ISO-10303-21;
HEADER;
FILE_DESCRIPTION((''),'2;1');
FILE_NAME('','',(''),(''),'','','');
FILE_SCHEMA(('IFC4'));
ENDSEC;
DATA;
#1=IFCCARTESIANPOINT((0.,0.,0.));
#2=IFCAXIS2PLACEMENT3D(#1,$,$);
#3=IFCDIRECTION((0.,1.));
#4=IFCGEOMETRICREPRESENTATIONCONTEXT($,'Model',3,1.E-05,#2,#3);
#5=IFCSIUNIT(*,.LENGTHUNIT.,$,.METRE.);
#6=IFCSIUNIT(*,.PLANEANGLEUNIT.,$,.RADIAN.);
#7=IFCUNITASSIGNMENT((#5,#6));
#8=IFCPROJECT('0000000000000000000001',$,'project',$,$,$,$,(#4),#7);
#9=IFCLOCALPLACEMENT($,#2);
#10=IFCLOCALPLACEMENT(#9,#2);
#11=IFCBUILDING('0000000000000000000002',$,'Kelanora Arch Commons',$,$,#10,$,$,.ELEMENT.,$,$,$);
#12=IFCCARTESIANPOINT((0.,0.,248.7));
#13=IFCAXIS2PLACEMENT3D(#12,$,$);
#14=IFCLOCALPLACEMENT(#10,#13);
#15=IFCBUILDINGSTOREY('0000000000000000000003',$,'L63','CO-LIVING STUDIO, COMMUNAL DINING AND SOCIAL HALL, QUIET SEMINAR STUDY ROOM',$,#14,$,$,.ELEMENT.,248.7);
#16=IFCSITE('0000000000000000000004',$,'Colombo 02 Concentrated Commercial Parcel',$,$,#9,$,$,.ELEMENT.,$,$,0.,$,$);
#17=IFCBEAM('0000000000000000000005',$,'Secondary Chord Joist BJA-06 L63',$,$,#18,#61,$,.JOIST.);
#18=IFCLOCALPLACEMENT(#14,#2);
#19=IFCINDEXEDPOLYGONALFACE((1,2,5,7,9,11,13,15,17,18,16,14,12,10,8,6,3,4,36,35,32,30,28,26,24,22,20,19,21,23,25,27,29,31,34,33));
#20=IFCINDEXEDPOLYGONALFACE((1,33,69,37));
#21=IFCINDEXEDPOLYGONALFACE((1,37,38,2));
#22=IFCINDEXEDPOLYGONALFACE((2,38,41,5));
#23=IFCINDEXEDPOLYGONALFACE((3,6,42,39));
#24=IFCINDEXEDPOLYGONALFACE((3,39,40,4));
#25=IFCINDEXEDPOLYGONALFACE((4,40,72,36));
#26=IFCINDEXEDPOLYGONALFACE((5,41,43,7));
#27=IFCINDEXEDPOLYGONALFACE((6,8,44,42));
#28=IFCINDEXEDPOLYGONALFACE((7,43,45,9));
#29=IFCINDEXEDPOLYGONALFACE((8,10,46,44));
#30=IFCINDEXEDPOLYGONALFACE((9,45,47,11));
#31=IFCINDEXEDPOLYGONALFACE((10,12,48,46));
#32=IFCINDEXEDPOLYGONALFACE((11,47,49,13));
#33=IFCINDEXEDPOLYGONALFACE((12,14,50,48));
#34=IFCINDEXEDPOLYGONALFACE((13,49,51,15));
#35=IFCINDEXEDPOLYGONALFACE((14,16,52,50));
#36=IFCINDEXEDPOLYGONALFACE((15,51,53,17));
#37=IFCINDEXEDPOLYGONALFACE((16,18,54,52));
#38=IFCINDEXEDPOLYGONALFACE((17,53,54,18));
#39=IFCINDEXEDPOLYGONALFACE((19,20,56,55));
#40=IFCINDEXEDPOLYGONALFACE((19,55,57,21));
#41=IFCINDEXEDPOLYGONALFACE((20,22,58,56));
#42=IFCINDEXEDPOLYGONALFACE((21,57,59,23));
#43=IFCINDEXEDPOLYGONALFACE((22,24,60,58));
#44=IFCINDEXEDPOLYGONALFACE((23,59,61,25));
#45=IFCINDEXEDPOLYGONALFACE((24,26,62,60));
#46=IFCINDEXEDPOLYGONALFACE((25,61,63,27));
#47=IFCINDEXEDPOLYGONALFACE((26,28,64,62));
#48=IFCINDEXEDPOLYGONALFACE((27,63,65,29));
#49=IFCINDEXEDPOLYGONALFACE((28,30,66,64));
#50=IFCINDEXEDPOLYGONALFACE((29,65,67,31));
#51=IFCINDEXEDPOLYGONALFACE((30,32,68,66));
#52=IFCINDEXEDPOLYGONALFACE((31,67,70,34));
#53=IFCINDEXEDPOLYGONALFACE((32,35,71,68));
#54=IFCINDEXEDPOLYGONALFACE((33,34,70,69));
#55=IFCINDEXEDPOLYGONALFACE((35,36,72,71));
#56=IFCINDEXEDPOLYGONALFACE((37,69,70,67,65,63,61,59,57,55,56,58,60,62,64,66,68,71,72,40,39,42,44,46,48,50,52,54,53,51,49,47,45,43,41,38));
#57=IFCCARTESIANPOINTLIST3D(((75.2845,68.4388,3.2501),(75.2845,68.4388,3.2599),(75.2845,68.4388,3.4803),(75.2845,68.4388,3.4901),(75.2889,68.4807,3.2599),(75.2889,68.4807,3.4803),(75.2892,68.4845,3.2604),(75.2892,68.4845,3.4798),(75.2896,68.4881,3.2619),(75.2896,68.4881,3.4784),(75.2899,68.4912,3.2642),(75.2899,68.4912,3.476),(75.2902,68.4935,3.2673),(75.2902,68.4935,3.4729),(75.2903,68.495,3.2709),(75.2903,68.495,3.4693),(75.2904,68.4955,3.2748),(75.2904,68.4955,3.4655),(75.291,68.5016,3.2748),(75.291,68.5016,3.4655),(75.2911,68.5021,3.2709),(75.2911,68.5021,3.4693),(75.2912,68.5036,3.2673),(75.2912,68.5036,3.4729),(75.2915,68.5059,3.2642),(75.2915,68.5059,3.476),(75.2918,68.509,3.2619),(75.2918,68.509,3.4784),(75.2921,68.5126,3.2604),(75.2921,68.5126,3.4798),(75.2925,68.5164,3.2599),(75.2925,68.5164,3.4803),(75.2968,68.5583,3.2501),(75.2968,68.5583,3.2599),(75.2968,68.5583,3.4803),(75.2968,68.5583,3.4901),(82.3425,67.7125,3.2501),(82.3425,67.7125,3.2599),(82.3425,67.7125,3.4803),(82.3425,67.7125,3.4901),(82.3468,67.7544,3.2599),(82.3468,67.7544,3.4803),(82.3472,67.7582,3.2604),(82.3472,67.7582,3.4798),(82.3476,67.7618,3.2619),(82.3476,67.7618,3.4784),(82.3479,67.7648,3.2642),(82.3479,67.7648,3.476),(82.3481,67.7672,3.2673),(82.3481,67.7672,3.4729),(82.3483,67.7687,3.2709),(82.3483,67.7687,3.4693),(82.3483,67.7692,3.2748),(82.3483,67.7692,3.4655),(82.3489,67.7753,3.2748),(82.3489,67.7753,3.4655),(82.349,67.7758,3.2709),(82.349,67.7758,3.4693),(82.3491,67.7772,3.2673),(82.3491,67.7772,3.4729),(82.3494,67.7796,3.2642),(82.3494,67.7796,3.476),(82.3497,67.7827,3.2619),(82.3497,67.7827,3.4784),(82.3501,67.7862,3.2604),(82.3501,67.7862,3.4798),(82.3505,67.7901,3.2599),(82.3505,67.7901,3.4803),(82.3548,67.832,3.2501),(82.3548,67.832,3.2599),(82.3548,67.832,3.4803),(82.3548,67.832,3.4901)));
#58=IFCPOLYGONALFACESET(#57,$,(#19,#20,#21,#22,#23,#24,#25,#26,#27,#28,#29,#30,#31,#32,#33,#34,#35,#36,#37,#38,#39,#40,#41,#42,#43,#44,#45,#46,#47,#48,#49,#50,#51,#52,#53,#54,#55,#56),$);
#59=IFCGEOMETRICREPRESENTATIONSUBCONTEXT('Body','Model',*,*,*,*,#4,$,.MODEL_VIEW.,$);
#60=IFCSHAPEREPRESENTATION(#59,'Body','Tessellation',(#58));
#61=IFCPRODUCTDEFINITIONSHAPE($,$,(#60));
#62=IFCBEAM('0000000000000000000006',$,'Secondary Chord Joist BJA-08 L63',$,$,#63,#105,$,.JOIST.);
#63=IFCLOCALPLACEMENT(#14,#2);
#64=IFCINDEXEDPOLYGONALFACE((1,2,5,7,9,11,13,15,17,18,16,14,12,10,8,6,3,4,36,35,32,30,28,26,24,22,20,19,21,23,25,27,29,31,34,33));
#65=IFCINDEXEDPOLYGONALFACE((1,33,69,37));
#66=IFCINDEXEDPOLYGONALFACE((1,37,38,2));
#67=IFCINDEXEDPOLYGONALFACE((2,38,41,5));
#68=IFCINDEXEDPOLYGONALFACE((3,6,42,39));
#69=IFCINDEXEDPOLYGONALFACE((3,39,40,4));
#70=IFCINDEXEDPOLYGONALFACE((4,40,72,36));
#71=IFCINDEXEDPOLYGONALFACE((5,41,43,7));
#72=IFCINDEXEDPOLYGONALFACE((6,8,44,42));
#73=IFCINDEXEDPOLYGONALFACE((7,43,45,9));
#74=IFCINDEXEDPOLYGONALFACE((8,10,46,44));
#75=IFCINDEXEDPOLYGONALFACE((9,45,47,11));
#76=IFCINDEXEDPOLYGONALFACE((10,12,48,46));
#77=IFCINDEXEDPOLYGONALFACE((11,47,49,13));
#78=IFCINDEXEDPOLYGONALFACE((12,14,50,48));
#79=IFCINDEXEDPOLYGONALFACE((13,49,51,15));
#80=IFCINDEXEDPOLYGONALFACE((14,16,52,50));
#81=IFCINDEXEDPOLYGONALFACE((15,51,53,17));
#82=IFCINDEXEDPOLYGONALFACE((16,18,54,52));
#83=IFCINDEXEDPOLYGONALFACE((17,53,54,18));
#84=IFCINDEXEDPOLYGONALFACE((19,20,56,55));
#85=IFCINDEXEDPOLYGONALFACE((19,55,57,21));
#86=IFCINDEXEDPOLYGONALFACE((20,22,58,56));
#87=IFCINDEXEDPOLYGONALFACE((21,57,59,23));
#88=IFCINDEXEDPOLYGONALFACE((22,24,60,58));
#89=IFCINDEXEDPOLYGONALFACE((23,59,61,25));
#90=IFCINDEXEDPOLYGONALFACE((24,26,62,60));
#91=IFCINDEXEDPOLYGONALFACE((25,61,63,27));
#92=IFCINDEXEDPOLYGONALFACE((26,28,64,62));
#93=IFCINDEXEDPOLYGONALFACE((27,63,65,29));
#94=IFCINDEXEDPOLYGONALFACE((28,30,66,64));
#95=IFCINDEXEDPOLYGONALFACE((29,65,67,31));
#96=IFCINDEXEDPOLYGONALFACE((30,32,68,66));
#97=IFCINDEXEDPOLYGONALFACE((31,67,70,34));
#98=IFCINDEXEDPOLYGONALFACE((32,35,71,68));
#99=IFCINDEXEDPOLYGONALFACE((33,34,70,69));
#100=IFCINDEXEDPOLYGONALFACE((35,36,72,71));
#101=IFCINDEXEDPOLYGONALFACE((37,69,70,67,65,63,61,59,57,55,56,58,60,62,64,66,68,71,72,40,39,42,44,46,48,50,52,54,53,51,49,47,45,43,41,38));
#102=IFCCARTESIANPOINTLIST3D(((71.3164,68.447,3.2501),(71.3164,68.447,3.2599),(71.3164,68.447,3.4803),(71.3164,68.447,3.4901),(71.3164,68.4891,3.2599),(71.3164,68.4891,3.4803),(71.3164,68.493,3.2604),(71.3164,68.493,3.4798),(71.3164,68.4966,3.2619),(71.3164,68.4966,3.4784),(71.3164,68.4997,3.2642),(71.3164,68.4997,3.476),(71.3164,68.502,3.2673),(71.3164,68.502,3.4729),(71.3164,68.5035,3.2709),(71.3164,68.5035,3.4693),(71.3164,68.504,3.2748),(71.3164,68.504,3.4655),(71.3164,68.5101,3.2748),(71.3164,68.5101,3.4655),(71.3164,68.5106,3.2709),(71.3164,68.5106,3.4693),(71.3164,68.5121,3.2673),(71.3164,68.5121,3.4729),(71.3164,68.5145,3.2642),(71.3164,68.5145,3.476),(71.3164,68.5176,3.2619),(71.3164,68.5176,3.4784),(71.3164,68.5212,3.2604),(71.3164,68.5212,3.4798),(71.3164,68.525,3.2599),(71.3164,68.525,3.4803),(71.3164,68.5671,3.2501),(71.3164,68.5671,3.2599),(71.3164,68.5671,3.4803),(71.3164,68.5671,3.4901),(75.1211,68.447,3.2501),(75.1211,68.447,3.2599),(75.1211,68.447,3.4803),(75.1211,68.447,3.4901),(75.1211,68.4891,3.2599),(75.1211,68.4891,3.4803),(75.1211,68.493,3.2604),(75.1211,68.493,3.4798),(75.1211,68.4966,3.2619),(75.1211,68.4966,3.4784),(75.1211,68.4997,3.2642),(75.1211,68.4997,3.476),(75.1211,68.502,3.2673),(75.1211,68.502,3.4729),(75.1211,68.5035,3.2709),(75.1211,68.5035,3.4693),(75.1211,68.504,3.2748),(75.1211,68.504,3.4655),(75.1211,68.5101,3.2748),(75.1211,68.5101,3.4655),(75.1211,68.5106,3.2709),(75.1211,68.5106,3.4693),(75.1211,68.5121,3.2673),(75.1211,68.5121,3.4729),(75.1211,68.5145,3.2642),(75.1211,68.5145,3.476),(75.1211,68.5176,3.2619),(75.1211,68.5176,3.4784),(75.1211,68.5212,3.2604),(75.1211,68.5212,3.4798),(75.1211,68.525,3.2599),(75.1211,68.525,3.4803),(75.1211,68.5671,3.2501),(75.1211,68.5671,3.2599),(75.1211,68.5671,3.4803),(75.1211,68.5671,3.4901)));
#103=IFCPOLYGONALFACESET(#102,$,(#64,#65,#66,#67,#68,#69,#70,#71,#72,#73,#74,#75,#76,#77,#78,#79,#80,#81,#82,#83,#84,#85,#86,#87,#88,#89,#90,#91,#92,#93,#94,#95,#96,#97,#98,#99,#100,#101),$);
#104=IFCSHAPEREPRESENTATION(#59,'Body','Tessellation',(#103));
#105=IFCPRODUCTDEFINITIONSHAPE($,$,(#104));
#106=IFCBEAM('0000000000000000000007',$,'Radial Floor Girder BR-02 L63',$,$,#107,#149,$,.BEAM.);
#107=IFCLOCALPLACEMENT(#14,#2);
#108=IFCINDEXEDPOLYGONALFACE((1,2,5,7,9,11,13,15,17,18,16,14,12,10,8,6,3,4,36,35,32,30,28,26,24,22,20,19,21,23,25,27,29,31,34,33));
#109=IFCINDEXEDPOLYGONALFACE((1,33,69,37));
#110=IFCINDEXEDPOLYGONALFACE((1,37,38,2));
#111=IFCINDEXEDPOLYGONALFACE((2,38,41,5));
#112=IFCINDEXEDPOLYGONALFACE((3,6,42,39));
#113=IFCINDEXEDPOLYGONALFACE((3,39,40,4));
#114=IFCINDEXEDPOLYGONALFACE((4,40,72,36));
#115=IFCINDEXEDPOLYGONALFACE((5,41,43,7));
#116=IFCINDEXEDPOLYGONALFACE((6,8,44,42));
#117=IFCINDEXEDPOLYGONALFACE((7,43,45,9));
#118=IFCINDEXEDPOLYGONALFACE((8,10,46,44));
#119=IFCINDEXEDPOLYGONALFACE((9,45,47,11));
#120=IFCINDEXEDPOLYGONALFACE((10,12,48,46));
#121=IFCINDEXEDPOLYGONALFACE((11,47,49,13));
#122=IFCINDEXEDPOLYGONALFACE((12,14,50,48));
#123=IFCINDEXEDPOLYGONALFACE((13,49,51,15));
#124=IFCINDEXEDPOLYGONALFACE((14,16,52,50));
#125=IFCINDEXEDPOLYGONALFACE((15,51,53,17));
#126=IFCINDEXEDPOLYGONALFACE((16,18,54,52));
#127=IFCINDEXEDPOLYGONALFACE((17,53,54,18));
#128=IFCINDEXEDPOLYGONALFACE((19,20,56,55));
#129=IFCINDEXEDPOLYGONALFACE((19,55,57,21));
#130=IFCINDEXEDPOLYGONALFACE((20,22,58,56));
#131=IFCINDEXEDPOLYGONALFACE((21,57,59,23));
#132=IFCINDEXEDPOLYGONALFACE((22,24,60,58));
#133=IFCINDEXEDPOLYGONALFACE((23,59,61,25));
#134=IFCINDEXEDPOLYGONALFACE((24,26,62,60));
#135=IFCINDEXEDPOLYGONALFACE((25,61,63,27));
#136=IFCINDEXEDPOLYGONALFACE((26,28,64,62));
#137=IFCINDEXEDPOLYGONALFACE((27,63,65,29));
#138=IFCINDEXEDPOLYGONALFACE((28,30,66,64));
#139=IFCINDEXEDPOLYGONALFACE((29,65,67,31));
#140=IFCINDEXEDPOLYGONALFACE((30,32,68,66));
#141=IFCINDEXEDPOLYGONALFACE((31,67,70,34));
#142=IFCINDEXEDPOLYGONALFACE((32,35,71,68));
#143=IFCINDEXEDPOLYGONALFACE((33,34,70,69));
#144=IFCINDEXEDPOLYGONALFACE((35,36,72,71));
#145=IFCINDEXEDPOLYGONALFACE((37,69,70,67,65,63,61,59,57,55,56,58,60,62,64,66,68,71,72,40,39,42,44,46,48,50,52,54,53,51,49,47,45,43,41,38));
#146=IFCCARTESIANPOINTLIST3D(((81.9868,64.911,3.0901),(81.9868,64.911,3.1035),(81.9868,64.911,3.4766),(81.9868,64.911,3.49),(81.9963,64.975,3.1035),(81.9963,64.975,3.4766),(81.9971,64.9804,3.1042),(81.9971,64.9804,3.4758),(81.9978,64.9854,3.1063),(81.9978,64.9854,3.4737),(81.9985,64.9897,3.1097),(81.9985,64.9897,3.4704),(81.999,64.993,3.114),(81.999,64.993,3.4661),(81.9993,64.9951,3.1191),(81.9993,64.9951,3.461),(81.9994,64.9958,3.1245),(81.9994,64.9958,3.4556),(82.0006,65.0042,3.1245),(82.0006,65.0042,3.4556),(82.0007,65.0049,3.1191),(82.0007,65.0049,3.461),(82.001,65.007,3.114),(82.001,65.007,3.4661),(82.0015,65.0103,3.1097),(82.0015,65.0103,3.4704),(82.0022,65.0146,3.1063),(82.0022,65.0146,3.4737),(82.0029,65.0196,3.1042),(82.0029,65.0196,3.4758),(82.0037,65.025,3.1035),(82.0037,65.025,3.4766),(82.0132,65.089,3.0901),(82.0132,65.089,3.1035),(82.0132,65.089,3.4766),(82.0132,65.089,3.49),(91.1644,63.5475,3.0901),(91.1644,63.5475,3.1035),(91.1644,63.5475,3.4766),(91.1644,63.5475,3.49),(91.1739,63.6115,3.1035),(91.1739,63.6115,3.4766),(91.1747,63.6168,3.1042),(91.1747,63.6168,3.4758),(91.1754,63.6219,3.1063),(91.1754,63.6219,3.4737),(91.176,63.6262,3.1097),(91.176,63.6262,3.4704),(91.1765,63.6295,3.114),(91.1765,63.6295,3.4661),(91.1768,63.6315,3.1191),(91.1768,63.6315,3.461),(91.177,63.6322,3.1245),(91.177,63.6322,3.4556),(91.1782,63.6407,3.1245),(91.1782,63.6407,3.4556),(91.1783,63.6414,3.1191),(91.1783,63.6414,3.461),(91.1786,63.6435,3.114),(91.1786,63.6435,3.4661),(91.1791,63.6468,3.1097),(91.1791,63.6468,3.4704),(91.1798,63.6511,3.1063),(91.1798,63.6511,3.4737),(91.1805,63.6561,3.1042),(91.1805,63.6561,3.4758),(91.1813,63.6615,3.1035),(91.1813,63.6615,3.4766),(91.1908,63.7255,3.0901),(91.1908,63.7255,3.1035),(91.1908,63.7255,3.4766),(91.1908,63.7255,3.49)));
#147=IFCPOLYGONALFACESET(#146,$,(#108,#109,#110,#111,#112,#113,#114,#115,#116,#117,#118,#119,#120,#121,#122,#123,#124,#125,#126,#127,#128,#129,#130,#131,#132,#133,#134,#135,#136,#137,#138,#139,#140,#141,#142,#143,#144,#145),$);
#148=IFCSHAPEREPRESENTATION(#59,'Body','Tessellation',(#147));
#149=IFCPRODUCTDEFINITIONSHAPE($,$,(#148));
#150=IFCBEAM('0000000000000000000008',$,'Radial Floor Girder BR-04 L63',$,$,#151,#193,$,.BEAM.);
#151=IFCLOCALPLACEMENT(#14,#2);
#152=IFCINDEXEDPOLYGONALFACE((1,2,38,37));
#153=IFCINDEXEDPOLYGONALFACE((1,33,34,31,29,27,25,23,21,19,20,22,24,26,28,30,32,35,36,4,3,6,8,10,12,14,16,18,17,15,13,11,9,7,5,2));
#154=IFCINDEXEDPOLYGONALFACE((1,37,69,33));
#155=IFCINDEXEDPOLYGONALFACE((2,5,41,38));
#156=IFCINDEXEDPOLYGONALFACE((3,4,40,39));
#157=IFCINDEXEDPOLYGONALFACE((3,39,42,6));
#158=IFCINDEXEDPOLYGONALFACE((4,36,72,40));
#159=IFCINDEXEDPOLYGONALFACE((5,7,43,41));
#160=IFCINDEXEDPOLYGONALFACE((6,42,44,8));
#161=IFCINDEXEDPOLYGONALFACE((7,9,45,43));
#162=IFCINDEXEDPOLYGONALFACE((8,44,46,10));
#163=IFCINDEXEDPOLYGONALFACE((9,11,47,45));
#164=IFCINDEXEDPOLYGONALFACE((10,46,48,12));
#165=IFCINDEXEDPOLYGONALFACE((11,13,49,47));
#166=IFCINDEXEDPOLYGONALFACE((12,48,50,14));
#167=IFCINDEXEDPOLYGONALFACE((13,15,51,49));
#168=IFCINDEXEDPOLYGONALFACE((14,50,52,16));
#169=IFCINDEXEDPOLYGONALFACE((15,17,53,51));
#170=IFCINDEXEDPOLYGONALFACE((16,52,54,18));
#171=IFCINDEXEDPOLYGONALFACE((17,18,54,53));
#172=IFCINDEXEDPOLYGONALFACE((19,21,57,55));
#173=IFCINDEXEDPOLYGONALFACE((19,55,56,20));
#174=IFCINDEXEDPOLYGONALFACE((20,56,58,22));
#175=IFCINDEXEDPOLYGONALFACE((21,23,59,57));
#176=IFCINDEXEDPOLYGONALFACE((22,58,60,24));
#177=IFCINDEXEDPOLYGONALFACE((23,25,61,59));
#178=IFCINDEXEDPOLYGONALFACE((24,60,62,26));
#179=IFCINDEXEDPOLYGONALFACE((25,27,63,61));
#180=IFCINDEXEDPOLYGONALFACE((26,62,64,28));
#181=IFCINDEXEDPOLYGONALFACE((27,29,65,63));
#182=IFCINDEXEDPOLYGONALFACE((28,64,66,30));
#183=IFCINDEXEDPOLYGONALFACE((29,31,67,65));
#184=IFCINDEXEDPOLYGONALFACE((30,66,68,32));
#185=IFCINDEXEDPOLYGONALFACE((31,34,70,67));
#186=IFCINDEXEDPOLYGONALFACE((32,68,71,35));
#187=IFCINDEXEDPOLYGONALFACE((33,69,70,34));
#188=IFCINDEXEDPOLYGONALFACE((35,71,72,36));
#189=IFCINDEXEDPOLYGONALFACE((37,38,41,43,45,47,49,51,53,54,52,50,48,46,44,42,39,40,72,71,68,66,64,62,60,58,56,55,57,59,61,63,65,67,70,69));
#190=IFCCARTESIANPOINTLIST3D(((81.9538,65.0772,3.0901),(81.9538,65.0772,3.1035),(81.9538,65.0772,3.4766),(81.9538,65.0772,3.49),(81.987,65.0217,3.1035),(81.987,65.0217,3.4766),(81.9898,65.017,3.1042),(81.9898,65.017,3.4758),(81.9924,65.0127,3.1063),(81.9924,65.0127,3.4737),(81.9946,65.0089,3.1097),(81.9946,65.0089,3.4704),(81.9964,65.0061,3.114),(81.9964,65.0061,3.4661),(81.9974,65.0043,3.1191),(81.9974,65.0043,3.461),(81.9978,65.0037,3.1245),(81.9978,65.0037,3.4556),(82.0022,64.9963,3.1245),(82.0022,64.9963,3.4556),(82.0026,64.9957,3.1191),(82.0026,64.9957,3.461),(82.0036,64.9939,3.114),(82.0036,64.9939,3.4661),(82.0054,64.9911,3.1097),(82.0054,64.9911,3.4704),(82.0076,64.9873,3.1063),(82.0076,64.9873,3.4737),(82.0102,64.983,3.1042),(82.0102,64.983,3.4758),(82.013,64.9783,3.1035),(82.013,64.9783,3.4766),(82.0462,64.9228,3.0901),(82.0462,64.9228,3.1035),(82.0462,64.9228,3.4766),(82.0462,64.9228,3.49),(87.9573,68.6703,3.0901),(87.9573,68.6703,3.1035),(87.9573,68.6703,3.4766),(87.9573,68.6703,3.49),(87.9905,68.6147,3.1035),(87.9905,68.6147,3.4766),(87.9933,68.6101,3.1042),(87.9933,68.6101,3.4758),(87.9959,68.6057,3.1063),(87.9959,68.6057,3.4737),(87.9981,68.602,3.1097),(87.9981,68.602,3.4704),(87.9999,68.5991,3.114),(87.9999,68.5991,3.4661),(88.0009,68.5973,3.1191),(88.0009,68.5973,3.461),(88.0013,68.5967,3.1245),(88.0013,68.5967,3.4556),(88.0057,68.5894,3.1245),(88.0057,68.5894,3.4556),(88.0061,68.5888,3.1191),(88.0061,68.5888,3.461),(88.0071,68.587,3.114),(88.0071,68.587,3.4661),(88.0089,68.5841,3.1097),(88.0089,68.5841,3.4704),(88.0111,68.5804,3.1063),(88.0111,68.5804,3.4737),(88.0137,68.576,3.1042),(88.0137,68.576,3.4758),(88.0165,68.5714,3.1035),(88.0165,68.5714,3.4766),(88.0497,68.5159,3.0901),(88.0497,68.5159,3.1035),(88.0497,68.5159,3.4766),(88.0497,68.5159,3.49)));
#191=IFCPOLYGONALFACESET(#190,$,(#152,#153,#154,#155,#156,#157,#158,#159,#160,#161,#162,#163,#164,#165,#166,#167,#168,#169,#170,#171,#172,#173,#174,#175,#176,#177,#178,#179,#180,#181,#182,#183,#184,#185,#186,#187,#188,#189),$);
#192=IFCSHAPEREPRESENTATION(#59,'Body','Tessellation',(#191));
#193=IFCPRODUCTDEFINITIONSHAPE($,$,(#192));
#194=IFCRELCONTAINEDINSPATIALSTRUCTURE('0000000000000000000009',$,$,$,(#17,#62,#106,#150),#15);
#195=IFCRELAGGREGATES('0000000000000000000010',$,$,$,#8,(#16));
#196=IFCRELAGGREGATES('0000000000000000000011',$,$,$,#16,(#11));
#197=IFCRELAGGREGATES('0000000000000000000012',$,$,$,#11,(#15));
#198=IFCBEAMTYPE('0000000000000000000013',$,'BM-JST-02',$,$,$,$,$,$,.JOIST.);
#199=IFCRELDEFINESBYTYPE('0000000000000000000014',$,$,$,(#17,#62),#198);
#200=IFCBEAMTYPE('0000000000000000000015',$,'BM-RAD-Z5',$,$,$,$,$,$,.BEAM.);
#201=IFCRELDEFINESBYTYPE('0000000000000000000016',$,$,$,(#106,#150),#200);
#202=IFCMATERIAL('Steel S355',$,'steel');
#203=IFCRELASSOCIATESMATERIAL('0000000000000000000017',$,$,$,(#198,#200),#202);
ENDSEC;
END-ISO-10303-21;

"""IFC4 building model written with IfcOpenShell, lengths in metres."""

from ifc_helpers import new_model, si_unit, direction, frame, origin, origin_2d, place, context, subcontext, project, spatial, i_section, extrude, material, material_profile, profile_set, type_object, element, save


model = new_model("IFC4")

# Units and contexts
model_context = context("Model", 3, precision=1e-05, world=origin(), true_north=direction((0.0, 1.0)))
body_context = subcontext(model_context, "Body", "Model", "MODEL_VIEW")
ifc_project = project(units=[si_unit("LENGTHUNIT", "METRE"), si_unit("PLANEANGLEUNIT", "RADIAN")], contexts=[model_context])

# Site, building, storey
site_placement = place(None, origin())
site = spatial("IfcSite", under=ifc_project, at=site_placement, Name="Colombo 02 Concentrated Commercial Parcel", CompositionType="ELEMENT", RefElevation=0.0)
building_placement = place(site_placement, origin())
building = spatial("IfcBuilding", under=site, at=building_placement, Name="Kelanora Arch Commons", CompositionType="ELEMENT")
storey_placement = place(building_placement, frame((0.0, 0.0, 248.7)))
storey = spatial("IfcBuildingStorey", under=building, at=storey_placement, Name="L63", Description="CO-LIVING STUDIO, COMMUNAL DINING AND SOCIAL HALL, QUIET SEMINAR STUDY ROOM", CompositionType="ELEMENT", Elevation=248.7)

# Beams
ifc_material_1 = material(Name="Steel S355", Category="steel")
ifc_material_profile_1 = material_profile(ifc_material_1, i_section(OverallWidth=0.1201, OverallDepth=0.24, WebThickness=0.0061, FlangeThickness=0.0098, FilletRadius=0.0149, at=origin_2d()), Name="IPE240")
ifc_profile_set_1 = profile_set([ifc_material_profile_1], Name="Steel S355")
beam_type_1 = type_object("IfcBeamType", Name="BM-JST-02", PredefinedType="JOIST", material=ifc_profile_set_1)
beam_1_placement = place(storey_placement, frame((82.3486, 67.7722, 3.3701), z_axis=(-0.994747, 0.102369, 0.0), x_axis=(-0.102369, -0.994747, 0.0)))
element("IfcBeam", 1, at=beam_1_placement, inside=storey, type_object=beam_type_1, Name="Secondary Chord Joist BJA-06 L63", PredefinedType="JOIST", context=body_context, shape_type="SweptSolid", body=[
    extrude(i_section(OverallWidth=0.1201, OverallDepth=0.24, WebThickness=0.0061, FlangeThickness=0.0098, FilletRadius=0.0149, at=origin_2d()), origin(), (0.0, 0.0, 1.0), 7.0952),
])
beam_2_placement = place(storey_placement, frame((75.1211, 68.5071, 3.3701), z_axis=(-1.0, 0.0, 0.0), x_axis=(0.0, -1.0, 0.0)))
element("IfcBeam", 2, at=beam_2_placement, inside=storey, type_object=beam_type_1, Name="Secondary Chord Joist BJA-08 L63", PredefinedType="JOIST", context=body_context, shape_type="SweptSolid", body=[
    extrude(i_section(OverallWidth=0.1201, OverallDepth=0.24, WebThickness=0.0061, FlangeThickness=0.0098, FilletRadius=0.0149, at=origin_2d()), origin(), (0.0, 0.0, 1.0), 3.8047),
])
ifc_material_profile_2 = material_profile(ifc_material_1, i_section(OverallWidth=0.1799, OverallDepth=0.3999, WebThickness=0.0085, FlangeThickness=0.0134, FilletRadius=0.021, at=origin_2d()), Name="IPE400")
ifc_profile_set_2 = profile_set([ifc_material_profile_2], Name="Steel S355")
beam_type_2 = type_object("IfcBeamType", Name="BM-RAD-Z5", PredefinedType="BEAM", material=ifc_profile_set_2)
beam_3_placement = place(storey_placement, frame((82.0, 65.0, 3.29), z_axis=(0.989142, -0.14696, 0.0), x_axis=(0.14696, 0.989142, 0.0)))
element("IfcBeam", 3, at=beam_3_placement, inside=storey, type_object=beam_type_2, Name="Radial Floor Girder BR-02 L63", PredefinedType="BEAM", context=body_context, shape_type="SweptSolid", body=[
    extrude(i_section(OverallWidth=0.1799, OverallDepth=0.3999, WebThickness=0.0085, FlangeThickness=0.0134, FilletRadius=0.021, at=origin_2d()), origin(), (0.0, 0.0, 1.0), 9.2783),
])
beam_4_placement = place(storey_placement, frame((82.0, 65.0, 3.29), z_axis=(0.858062, 0.513546, 0.0), x_axis=(-0.513546, 0.858062, 0.0)))
element("IfcBeam", 4, at=beam_4_placement, inside=storey, type_object=beam_type_2, Name="Radial Floor Girder BR-04 L63", PredefinedType="BEAM", context=body_context, shape_type="SweptSolid", body=[
    extrude(i_section(OverallWidth=0.1799, OverallDepth=0.3999, WebThickness=0.0085, FlangeThickness=0.0134, FilletRadius=0.021, at=origin_2d()), origin(), (0.0, 0.0, 1.0), 6.9966),
])

save(model, "model.ifc")
